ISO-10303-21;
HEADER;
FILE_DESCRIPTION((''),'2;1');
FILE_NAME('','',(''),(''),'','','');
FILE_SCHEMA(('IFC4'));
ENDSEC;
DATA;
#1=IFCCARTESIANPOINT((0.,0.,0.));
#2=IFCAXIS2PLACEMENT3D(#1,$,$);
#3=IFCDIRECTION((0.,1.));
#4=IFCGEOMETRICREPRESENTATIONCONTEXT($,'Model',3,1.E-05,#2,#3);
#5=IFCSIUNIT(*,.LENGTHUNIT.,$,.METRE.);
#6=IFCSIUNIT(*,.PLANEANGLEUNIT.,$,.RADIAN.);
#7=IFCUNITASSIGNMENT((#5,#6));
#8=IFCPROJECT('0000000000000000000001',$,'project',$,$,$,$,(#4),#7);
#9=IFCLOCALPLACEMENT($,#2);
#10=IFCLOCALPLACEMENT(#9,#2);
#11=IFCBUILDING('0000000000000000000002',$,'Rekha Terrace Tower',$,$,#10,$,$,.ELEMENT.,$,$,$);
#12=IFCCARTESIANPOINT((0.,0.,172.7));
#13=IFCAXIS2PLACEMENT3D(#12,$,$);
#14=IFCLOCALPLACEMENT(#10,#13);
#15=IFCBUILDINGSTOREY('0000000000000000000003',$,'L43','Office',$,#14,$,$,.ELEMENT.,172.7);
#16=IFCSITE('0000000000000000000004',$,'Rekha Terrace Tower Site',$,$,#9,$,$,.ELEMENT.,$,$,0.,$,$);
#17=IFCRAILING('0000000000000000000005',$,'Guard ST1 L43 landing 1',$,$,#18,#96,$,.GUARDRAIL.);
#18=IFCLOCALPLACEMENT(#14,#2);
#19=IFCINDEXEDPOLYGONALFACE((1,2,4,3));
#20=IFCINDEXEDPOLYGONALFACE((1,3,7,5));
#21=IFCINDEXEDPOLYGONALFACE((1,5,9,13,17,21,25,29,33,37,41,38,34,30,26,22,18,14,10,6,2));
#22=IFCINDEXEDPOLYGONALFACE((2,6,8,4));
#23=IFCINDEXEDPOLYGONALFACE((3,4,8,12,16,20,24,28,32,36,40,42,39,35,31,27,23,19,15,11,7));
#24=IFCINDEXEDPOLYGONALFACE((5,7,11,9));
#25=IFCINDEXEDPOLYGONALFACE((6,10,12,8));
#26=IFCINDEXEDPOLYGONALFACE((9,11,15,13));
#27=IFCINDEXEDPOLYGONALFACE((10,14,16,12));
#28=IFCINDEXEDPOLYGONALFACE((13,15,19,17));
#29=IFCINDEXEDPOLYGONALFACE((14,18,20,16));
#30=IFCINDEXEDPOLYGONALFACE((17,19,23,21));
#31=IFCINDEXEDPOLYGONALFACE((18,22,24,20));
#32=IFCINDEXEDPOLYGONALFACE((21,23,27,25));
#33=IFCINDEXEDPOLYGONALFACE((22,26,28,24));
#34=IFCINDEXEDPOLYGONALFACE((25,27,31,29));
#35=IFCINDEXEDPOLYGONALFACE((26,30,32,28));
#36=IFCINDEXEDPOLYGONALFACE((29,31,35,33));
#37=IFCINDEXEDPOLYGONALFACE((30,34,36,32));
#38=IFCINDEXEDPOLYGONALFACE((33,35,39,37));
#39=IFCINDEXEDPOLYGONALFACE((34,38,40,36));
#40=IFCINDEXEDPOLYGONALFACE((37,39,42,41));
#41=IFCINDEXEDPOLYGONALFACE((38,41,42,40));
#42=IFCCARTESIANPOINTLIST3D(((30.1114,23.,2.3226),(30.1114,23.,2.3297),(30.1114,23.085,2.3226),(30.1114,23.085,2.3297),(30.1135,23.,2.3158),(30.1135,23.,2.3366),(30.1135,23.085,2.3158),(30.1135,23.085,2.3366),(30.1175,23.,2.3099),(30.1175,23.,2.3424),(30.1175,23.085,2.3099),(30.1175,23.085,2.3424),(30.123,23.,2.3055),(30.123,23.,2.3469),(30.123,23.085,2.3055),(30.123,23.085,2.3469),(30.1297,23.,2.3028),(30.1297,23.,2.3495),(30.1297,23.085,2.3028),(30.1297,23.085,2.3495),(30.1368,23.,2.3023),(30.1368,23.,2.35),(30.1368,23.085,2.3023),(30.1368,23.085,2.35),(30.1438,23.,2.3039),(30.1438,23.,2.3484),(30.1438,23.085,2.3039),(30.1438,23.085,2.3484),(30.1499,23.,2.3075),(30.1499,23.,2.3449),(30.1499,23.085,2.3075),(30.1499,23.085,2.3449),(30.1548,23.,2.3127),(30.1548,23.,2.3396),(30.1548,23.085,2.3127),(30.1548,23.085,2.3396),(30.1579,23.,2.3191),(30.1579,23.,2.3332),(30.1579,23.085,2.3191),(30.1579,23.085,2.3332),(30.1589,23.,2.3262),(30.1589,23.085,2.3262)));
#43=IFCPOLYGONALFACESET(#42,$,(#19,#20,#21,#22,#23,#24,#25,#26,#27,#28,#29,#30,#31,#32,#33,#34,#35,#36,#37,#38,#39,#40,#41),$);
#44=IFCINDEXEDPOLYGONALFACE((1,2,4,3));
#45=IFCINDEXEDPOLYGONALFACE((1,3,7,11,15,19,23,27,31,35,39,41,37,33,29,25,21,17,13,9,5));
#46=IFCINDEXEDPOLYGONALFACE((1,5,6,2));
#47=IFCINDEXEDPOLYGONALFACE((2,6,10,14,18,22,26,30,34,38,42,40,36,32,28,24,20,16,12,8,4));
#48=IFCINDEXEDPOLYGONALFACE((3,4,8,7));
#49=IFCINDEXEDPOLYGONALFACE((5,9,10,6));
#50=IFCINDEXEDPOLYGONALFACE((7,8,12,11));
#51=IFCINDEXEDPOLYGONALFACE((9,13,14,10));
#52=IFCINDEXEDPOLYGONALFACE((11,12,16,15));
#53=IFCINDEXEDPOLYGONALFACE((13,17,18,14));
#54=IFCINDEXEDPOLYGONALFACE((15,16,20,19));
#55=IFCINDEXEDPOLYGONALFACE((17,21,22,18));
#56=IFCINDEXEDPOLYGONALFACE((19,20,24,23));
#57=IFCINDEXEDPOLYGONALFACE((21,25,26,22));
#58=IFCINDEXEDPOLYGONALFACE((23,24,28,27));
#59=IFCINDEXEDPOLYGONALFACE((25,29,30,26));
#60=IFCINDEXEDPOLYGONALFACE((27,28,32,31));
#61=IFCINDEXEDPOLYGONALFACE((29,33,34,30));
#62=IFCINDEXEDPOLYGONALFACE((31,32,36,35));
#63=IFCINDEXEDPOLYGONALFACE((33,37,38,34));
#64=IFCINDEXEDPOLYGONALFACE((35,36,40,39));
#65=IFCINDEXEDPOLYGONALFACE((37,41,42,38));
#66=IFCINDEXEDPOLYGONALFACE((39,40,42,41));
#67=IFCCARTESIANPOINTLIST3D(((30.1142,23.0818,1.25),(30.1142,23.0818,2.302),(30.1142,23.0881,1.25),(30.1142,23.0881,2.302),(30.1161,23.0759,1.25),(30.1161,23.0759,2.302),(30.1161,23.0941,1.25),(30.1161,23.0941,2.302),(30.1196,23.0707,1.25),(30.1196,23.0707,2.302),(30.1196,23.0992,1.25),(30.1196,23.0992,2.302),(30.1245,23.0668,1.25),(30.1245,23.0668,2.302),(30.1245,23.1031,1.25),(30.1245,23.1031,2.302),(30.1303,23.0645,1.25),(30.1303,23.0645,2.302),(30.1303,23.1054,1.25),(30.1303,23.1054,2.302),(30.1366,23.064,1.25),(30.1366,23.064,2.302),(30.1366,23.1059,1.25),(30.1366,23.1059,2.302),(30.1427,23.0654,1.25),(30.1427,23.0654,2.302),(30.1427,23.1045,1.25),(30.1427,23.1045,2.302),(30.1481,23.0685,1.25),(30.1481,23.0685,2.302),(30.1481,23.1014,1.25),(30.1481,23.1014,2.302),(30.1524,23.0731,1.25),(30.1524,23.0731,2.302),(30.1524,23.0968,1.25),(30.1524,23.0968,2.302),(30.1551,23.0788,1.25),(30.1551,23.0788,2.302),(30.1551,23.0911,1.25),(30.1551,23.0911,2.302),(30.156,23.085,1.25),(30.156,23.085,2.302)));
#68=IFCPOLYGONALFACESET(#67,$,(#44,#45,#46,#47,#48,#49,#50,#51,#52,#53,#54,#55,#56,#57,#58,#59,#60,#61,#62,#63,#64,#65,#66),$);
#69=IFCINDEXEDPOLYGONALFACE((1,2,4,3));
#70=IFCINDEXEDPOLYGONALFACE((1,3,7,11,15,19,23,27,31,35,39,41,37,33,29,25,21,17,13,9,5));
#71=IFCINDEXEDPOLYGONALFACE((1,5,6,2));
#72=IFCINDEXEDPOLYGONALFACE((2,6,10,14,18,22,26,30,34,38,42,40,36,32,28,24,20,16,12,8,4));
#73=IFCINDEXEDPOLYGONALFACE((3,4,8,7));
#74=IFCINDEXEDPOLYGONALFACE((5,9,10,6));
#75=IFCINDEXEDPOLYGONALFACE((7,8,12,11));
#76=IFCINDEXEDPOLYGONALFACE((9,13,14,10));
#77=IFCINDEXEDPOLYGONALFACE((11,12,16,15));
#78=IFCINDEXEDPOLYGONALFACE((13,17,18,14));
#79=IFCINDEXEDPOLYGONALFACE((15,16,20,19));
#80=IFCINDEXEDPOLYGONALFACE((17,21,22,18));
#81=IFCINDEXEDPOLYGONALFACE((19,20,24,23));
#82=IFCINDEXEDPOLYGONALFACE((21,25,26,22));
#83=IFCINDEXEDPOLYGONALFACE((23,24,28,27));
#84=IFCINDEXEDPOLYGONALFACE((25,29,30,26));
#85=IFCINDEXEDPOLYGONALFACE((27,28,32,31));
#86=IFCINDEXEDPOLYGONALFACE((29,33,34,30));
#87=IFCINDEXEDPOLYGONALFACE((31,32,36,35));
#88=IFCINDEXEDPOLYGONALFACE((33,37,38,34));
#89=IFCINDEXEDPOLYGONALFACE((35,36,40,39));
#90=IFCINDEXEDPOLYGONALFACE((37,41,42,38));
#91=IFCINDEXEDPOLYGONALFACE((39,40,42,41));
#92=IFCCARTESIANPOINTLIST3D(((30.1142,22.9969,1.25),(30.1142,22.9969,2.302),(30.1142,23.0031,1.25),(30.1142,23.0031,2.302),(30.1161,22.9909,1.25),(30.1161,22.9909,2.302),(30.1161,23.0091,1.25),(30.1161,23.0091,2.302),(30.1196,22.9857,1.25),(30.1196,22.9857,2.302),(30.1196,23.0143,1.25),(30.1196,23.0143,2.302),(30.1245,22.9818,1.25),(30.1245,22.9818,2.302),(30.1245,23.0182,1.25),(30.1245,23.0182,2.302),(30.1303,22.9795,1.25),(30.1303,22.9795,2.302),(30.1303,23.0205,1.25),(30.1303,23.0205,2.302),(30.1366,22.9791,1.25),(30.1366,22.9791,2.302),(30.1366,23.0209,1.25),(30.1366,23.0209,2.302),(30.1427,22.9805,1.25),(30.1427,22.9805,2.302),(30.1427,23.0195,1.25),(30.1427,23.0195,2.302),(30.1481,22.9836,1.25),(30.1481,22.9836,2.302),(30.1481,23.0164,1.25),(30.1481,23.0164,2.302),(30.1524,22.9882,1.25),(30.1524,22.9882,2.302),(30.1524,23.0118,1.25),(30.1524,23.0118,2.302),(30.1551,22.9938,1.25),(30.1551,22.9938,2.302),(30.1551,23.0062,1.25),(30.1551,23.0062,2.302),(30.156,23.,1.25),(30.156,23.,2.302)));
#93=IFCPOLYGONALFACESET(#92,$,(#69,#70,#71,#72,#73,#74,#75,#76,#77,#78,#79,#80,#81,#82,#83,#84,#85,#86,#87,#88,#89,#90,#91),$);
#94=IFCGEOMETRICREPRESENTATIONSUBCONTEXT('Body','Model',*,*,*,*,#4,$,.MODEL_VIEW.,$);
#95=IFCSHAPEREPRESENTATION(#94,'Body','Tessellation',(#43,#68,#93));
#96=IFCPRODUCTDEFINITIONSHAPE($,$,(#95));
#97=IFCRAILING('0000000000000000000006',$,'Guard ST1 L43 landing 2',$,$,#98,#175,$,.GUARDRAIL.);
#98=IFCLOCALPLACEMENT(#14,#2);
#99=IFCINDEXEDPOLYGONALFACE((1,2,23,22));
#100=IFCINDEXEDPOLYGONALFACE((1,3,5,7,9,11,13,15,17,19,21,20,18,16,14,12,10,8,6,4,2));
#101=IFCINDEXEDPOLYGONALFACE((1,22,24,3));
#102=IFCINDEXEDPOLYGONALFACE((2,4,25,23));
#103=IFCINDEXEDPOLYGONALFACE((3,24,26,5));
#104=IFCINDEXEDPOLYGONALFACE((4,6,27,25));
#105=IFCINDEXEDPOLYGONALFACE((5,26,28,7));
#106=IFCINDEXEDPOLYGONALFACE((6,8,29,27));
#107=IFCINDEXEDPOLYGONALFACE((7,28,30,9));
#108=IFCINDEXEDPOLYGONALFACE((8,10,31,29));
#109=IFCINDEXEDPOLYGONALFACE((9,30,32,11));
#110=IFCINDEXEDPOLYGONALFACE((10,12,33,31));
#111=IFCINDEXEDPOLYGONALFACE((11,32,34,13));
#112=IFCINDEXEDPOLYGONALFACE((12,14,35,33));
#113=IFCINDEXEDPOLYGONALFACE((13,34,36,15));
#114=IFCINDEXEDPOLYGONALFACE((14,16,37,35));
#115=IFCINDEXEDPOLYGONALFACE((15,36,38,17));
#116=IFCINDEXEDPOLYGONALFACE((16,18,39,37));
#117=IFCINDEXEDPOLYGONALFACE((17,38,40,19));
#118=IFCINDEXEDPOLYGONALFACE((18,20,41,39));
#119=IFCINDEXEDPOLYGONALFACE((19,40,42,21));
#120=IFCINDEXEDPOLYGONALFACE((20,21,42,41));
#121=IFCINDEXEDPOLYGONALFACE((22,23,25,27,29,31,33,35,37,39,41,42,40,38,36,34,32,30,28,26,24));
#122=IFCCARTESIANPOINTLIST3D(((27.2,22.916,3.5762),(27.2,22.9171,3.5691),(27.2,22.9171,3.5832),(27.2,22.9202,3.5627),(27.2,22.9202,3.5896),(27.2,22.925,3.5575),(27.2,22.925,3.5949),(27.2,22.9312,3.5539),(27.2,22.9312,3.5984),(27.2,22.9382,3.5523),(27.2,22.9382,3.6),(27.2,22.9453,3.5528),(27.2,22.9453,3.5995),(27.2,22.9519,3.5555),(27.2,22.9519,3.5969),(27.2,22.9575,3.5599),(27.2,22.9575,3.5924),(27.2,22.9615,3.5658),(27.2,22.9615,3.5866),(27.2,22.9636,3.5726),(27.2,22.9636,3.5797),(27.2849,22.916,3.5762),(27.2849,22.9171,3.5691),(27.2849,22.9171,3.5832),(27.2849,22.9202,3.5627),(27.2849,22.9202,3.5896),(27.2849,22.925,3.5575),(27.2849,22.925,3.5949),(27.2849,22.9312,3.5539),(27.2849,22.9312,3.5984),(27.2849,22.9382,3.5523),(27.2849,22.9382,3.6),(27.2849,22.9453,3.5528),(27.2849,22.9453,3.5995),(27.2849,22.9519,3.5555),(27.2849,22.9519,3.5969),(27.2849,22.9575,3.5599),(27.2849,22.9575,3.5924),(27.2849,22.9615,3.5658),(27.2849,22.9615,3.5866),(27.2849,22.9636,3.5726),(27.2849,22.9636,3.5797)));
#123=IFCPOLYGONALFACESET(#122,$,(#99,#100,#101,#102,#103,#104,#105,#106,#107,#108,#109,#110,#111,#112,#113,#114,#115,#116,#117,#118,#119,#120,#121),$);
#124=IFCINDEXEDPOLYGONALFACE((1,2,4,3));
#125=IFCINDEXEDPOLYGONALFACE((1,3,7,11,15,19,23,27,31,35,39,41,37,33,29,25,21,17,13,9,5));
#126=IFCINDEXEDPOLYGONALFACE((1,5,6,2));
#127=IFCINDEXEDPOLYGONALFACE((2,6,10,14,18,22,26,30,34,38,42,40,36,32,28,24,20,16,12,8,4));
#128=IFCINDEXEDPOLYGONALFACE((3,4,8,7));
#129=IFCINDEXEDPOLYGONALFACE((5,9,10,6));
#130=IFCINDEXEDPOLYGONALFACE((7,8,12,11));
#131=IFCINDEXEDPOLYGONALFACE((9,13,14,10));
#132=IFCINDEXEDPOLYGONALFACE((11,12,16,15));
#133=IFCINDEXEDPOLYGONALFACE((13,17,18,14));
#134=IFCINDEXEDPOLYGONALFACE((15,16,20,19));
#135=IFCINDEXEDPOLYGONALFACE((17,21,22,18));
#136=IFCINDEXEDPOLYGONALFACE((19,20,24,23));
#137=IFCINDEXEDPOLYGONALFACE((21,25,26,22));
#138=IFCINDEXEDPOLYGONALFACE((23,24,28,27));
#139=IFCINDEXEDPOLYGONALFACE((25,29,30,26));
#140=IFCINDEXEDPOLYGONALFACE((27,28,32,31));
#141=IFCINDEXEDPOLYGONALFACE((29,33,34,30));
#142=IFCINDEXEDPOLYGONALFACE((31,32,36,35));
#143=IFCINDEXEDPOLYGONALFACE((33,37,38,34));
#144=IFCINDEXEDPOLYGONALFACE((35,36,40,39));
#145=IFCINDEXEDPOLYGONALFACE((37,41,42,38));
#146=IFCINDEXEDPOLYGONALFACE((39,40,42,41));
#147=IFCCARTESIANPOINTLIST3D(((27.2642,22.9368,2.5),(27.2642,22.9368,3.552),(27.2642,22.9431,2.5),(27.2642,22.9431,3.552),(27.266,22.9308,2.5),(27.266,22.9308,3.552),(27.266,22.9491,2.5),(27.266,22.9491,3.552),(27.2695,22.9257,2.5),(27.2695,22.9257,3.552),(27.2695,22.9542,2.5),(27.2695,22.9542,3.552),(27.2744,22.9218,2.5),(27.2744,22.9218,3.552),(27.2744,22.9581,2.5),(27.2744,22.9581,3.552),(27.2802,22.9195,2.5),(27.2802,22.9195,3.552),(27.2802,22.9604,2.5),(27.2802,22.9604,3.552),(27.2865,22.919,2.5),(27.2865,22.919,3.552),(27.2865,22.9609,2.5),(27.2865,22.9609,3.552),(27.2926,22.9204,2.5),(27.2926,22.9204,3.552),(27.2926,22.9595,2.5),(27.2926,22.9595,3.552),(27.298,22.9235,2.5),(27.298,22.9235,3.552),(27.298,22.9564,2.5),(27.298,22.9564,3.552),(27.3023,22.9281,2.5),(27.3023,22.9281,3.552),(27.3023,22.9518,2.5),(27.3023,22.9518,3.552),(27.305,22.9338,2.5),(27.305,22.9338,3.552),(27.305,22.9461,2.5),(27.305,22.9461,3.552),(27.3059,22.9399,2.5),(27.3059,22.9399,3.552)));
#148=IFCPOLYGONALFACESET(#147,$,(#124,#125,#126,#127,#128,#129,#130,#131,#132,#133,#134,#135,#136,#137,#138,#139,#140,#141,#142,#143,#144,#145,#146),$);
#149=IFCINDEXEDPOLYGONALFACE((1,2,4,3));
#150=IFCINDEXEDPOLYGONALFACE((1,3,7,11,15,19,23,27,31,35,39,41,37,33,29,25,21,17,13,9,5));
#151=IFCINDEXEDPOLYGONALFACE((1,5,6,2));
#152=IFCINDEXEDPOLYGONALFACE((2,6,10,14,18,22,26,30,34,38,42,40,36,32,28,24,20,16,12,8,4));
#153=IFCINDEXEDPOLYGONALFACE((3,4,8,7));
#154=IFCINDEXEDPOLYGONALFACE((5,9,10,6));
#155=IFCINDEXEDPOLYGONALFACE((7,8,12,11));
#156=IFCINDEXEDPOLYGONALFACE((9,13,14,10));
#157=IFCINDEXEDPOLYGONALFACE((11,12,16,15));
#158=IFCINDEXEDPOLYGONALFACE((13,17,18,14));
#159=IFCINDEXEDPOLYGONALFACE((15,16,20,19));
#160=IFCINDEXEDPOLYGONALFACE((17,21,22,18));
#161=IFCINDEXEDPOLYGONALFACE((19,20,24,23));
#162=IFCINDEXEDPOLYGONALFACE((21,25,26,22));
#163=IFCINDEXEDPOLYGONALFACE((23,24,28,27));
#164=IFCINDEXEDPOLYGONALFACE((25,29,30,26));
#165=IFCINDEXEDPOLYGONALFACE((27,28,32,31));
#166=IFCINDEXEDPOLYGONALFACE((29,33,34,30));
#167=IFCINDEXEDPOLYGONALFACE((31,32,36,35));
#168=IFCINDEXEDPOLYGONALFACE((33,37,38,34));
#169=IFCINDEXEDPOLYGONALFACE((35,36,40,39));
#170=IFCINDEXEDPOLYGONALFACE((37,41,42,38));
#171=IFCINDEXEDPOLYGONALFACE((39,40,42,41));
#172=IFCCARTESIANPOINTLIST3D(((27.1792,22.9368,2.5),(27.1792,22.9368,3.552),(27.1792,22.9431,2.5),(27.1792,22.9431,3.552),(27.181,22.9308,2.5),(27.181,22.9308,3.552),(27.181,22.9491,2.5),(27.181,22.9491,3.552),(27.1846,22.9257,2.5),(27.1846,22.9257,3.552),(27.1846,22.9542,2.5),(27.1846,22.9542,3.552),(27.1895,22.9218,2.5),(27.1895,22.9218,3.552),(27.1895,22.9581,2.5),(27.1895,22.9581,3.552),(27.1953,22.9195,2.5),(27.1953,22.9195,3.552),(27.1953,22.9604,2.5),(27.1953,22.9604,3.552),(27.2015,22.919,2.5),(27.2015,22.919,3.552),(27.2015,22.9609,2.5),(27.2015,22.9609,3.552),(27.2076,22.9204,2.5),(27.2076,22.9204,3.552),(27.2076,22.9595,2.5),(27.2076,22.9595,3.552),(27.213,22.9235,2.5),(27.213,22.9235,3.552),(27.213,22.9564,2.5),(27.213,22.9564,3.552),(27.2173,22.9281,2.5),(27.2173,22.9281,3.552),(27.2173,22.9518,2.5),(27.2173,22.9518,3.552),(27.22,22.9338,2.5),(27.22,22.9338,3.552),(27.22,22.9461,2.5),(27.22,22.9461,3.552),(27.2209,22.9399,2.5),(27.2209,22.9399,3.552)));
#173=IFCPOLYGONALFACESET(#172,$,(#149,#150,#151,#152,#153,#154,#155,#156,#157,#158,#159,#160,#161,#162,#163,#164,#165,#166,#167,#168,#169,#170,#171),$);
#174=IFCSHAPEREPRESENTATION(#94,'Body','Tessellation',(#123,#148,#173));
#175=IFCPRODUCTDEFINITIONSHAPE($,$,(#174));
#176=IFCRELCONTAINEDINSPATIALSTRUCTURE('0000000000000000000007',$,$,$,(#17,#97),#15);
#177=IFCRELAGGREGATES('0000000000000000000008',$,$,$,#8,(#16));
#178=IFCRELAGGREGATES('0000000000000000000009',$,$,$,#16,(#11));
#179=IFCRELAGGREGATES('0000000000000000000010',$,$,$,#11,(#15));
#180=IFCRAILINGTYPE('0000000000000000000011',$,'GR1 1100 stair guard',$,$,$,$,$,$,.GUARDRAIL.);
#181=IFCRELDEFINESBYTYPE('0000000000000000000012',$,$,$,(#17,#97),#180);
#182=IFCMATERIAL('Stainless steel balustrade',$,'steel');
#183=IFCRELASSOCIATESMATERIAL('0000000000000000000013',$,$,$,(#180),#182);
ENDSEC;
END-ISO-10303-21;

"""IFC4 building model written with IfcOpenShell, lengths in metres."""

from ifc_helpers import new_model, si_unit, direction, frame, origin, origin_2d, place, context, subcontext, project, spatial, circle, extrude, material, type_object, element, save


model = new_model("IFC4")

# Units and contexts
model_context = context("Model", 3, precision=1e-05, world=origin(), true_north=direction((0.0, 1.0)))
body_context = subcontext(model_context, "Body", "Model", "MODEL_VIEW")
ifc_project = project(units=[si_unit("LENGTHUNIT", "METRE"), si_unit("PLANEANGLEUNIT", "RADIAN")], contexts=[model_context])

# Site, building, storey
site_placement = place(None, origin())
site = spatial("IfcSite", under=ifc_project, at=site_placement, Name="Rekha Terrace Tower Site", CompositionType="ELEMENT", RefElevation=0.0)
building_placement = place(site_placement, origin())
building = spatial("IfcBuilding", under=site, at=building_placement, Name="Rekha Terrace Tower", CompositionType="ELEMENT")
storey_placement = place(building_placement, frame((0.0, 0.0, 172.7)))
storey = spatial("IfcBuildingStorey", under=building, at=storey_placement, Name="L43", Description="Office", CompositionType="ELEMENT", Elevation=172.7)

# Railings
ifc_material_1 = material(Name="Stainless steel balustrade", Category="steel")
railing_type_1 = type_object("IfcRailingType", Name="GR1 1100 stair guard", PredefinedType="GUARDRAIL", material=ifc_material_1)
railing_1_placement = place(storey_placement, frame((30.135, 23.085, 1.25)))
element("IfcRailing", 1, at=railing_1_placement, inside=storey, type_object=railing_type_1, Name="Guard ST1 L43 landing 1", PredefinedType="GUARDRAIL", context=body_context, shape_type="SweptSolid", body=[
    extrude(circle(Radius=0.0239, at=origin_2d()), frame((0.0, 0.0, 1.0762), z_axis=(0.0, -1.0, 0.0), x_axis=(1.0, 0.0, 0.0)), (0.0, 0.0, 1.0), 0.085),
    extrude(circle(Radius=0.021, at=origin_2d()), origin(), (0.0, 0.0, 1.0), 1.052),
    extrude(circle(Radius=0.021, at=origin_2d()), frame((0.0, -0.085, 0.0)), (0.0, 0.0, 1.0), 1.052),
])
railing_2_placement = place(storey_placement, frame((27.2849, 22.9399, 2.5)))
element("IfcRailing", 2, at=railing_2_placement, inside=storey, type_object=railing_type_1, Name="Guard ST1 L43 landing 2", PredefinedType="GUARDRAIL", context=body_context, shape_type="SweptSolid", body=[
    extrude(circle(Radius=0.0239, at=origin_2d()), frame((0.0, 0.0, 1.0762), z_axis=(-1.0, 0.0, 0.0), x_axis=(0.0, -1.0, 0.0)), (0.0, 0.0, 1.0), 0.085),
    extrude(circle(Radius=0.021, at=origin_2d()), origin(), (0.0, 0.0, 1.0), 1.052),
    extrude(circle(Radius=0.021, at=origin_2d()), frame((-0.085, 0.0, 0.0)), (0.0, 0.0, 1.0), 1.052),
])

save(model, "model.ifc")
